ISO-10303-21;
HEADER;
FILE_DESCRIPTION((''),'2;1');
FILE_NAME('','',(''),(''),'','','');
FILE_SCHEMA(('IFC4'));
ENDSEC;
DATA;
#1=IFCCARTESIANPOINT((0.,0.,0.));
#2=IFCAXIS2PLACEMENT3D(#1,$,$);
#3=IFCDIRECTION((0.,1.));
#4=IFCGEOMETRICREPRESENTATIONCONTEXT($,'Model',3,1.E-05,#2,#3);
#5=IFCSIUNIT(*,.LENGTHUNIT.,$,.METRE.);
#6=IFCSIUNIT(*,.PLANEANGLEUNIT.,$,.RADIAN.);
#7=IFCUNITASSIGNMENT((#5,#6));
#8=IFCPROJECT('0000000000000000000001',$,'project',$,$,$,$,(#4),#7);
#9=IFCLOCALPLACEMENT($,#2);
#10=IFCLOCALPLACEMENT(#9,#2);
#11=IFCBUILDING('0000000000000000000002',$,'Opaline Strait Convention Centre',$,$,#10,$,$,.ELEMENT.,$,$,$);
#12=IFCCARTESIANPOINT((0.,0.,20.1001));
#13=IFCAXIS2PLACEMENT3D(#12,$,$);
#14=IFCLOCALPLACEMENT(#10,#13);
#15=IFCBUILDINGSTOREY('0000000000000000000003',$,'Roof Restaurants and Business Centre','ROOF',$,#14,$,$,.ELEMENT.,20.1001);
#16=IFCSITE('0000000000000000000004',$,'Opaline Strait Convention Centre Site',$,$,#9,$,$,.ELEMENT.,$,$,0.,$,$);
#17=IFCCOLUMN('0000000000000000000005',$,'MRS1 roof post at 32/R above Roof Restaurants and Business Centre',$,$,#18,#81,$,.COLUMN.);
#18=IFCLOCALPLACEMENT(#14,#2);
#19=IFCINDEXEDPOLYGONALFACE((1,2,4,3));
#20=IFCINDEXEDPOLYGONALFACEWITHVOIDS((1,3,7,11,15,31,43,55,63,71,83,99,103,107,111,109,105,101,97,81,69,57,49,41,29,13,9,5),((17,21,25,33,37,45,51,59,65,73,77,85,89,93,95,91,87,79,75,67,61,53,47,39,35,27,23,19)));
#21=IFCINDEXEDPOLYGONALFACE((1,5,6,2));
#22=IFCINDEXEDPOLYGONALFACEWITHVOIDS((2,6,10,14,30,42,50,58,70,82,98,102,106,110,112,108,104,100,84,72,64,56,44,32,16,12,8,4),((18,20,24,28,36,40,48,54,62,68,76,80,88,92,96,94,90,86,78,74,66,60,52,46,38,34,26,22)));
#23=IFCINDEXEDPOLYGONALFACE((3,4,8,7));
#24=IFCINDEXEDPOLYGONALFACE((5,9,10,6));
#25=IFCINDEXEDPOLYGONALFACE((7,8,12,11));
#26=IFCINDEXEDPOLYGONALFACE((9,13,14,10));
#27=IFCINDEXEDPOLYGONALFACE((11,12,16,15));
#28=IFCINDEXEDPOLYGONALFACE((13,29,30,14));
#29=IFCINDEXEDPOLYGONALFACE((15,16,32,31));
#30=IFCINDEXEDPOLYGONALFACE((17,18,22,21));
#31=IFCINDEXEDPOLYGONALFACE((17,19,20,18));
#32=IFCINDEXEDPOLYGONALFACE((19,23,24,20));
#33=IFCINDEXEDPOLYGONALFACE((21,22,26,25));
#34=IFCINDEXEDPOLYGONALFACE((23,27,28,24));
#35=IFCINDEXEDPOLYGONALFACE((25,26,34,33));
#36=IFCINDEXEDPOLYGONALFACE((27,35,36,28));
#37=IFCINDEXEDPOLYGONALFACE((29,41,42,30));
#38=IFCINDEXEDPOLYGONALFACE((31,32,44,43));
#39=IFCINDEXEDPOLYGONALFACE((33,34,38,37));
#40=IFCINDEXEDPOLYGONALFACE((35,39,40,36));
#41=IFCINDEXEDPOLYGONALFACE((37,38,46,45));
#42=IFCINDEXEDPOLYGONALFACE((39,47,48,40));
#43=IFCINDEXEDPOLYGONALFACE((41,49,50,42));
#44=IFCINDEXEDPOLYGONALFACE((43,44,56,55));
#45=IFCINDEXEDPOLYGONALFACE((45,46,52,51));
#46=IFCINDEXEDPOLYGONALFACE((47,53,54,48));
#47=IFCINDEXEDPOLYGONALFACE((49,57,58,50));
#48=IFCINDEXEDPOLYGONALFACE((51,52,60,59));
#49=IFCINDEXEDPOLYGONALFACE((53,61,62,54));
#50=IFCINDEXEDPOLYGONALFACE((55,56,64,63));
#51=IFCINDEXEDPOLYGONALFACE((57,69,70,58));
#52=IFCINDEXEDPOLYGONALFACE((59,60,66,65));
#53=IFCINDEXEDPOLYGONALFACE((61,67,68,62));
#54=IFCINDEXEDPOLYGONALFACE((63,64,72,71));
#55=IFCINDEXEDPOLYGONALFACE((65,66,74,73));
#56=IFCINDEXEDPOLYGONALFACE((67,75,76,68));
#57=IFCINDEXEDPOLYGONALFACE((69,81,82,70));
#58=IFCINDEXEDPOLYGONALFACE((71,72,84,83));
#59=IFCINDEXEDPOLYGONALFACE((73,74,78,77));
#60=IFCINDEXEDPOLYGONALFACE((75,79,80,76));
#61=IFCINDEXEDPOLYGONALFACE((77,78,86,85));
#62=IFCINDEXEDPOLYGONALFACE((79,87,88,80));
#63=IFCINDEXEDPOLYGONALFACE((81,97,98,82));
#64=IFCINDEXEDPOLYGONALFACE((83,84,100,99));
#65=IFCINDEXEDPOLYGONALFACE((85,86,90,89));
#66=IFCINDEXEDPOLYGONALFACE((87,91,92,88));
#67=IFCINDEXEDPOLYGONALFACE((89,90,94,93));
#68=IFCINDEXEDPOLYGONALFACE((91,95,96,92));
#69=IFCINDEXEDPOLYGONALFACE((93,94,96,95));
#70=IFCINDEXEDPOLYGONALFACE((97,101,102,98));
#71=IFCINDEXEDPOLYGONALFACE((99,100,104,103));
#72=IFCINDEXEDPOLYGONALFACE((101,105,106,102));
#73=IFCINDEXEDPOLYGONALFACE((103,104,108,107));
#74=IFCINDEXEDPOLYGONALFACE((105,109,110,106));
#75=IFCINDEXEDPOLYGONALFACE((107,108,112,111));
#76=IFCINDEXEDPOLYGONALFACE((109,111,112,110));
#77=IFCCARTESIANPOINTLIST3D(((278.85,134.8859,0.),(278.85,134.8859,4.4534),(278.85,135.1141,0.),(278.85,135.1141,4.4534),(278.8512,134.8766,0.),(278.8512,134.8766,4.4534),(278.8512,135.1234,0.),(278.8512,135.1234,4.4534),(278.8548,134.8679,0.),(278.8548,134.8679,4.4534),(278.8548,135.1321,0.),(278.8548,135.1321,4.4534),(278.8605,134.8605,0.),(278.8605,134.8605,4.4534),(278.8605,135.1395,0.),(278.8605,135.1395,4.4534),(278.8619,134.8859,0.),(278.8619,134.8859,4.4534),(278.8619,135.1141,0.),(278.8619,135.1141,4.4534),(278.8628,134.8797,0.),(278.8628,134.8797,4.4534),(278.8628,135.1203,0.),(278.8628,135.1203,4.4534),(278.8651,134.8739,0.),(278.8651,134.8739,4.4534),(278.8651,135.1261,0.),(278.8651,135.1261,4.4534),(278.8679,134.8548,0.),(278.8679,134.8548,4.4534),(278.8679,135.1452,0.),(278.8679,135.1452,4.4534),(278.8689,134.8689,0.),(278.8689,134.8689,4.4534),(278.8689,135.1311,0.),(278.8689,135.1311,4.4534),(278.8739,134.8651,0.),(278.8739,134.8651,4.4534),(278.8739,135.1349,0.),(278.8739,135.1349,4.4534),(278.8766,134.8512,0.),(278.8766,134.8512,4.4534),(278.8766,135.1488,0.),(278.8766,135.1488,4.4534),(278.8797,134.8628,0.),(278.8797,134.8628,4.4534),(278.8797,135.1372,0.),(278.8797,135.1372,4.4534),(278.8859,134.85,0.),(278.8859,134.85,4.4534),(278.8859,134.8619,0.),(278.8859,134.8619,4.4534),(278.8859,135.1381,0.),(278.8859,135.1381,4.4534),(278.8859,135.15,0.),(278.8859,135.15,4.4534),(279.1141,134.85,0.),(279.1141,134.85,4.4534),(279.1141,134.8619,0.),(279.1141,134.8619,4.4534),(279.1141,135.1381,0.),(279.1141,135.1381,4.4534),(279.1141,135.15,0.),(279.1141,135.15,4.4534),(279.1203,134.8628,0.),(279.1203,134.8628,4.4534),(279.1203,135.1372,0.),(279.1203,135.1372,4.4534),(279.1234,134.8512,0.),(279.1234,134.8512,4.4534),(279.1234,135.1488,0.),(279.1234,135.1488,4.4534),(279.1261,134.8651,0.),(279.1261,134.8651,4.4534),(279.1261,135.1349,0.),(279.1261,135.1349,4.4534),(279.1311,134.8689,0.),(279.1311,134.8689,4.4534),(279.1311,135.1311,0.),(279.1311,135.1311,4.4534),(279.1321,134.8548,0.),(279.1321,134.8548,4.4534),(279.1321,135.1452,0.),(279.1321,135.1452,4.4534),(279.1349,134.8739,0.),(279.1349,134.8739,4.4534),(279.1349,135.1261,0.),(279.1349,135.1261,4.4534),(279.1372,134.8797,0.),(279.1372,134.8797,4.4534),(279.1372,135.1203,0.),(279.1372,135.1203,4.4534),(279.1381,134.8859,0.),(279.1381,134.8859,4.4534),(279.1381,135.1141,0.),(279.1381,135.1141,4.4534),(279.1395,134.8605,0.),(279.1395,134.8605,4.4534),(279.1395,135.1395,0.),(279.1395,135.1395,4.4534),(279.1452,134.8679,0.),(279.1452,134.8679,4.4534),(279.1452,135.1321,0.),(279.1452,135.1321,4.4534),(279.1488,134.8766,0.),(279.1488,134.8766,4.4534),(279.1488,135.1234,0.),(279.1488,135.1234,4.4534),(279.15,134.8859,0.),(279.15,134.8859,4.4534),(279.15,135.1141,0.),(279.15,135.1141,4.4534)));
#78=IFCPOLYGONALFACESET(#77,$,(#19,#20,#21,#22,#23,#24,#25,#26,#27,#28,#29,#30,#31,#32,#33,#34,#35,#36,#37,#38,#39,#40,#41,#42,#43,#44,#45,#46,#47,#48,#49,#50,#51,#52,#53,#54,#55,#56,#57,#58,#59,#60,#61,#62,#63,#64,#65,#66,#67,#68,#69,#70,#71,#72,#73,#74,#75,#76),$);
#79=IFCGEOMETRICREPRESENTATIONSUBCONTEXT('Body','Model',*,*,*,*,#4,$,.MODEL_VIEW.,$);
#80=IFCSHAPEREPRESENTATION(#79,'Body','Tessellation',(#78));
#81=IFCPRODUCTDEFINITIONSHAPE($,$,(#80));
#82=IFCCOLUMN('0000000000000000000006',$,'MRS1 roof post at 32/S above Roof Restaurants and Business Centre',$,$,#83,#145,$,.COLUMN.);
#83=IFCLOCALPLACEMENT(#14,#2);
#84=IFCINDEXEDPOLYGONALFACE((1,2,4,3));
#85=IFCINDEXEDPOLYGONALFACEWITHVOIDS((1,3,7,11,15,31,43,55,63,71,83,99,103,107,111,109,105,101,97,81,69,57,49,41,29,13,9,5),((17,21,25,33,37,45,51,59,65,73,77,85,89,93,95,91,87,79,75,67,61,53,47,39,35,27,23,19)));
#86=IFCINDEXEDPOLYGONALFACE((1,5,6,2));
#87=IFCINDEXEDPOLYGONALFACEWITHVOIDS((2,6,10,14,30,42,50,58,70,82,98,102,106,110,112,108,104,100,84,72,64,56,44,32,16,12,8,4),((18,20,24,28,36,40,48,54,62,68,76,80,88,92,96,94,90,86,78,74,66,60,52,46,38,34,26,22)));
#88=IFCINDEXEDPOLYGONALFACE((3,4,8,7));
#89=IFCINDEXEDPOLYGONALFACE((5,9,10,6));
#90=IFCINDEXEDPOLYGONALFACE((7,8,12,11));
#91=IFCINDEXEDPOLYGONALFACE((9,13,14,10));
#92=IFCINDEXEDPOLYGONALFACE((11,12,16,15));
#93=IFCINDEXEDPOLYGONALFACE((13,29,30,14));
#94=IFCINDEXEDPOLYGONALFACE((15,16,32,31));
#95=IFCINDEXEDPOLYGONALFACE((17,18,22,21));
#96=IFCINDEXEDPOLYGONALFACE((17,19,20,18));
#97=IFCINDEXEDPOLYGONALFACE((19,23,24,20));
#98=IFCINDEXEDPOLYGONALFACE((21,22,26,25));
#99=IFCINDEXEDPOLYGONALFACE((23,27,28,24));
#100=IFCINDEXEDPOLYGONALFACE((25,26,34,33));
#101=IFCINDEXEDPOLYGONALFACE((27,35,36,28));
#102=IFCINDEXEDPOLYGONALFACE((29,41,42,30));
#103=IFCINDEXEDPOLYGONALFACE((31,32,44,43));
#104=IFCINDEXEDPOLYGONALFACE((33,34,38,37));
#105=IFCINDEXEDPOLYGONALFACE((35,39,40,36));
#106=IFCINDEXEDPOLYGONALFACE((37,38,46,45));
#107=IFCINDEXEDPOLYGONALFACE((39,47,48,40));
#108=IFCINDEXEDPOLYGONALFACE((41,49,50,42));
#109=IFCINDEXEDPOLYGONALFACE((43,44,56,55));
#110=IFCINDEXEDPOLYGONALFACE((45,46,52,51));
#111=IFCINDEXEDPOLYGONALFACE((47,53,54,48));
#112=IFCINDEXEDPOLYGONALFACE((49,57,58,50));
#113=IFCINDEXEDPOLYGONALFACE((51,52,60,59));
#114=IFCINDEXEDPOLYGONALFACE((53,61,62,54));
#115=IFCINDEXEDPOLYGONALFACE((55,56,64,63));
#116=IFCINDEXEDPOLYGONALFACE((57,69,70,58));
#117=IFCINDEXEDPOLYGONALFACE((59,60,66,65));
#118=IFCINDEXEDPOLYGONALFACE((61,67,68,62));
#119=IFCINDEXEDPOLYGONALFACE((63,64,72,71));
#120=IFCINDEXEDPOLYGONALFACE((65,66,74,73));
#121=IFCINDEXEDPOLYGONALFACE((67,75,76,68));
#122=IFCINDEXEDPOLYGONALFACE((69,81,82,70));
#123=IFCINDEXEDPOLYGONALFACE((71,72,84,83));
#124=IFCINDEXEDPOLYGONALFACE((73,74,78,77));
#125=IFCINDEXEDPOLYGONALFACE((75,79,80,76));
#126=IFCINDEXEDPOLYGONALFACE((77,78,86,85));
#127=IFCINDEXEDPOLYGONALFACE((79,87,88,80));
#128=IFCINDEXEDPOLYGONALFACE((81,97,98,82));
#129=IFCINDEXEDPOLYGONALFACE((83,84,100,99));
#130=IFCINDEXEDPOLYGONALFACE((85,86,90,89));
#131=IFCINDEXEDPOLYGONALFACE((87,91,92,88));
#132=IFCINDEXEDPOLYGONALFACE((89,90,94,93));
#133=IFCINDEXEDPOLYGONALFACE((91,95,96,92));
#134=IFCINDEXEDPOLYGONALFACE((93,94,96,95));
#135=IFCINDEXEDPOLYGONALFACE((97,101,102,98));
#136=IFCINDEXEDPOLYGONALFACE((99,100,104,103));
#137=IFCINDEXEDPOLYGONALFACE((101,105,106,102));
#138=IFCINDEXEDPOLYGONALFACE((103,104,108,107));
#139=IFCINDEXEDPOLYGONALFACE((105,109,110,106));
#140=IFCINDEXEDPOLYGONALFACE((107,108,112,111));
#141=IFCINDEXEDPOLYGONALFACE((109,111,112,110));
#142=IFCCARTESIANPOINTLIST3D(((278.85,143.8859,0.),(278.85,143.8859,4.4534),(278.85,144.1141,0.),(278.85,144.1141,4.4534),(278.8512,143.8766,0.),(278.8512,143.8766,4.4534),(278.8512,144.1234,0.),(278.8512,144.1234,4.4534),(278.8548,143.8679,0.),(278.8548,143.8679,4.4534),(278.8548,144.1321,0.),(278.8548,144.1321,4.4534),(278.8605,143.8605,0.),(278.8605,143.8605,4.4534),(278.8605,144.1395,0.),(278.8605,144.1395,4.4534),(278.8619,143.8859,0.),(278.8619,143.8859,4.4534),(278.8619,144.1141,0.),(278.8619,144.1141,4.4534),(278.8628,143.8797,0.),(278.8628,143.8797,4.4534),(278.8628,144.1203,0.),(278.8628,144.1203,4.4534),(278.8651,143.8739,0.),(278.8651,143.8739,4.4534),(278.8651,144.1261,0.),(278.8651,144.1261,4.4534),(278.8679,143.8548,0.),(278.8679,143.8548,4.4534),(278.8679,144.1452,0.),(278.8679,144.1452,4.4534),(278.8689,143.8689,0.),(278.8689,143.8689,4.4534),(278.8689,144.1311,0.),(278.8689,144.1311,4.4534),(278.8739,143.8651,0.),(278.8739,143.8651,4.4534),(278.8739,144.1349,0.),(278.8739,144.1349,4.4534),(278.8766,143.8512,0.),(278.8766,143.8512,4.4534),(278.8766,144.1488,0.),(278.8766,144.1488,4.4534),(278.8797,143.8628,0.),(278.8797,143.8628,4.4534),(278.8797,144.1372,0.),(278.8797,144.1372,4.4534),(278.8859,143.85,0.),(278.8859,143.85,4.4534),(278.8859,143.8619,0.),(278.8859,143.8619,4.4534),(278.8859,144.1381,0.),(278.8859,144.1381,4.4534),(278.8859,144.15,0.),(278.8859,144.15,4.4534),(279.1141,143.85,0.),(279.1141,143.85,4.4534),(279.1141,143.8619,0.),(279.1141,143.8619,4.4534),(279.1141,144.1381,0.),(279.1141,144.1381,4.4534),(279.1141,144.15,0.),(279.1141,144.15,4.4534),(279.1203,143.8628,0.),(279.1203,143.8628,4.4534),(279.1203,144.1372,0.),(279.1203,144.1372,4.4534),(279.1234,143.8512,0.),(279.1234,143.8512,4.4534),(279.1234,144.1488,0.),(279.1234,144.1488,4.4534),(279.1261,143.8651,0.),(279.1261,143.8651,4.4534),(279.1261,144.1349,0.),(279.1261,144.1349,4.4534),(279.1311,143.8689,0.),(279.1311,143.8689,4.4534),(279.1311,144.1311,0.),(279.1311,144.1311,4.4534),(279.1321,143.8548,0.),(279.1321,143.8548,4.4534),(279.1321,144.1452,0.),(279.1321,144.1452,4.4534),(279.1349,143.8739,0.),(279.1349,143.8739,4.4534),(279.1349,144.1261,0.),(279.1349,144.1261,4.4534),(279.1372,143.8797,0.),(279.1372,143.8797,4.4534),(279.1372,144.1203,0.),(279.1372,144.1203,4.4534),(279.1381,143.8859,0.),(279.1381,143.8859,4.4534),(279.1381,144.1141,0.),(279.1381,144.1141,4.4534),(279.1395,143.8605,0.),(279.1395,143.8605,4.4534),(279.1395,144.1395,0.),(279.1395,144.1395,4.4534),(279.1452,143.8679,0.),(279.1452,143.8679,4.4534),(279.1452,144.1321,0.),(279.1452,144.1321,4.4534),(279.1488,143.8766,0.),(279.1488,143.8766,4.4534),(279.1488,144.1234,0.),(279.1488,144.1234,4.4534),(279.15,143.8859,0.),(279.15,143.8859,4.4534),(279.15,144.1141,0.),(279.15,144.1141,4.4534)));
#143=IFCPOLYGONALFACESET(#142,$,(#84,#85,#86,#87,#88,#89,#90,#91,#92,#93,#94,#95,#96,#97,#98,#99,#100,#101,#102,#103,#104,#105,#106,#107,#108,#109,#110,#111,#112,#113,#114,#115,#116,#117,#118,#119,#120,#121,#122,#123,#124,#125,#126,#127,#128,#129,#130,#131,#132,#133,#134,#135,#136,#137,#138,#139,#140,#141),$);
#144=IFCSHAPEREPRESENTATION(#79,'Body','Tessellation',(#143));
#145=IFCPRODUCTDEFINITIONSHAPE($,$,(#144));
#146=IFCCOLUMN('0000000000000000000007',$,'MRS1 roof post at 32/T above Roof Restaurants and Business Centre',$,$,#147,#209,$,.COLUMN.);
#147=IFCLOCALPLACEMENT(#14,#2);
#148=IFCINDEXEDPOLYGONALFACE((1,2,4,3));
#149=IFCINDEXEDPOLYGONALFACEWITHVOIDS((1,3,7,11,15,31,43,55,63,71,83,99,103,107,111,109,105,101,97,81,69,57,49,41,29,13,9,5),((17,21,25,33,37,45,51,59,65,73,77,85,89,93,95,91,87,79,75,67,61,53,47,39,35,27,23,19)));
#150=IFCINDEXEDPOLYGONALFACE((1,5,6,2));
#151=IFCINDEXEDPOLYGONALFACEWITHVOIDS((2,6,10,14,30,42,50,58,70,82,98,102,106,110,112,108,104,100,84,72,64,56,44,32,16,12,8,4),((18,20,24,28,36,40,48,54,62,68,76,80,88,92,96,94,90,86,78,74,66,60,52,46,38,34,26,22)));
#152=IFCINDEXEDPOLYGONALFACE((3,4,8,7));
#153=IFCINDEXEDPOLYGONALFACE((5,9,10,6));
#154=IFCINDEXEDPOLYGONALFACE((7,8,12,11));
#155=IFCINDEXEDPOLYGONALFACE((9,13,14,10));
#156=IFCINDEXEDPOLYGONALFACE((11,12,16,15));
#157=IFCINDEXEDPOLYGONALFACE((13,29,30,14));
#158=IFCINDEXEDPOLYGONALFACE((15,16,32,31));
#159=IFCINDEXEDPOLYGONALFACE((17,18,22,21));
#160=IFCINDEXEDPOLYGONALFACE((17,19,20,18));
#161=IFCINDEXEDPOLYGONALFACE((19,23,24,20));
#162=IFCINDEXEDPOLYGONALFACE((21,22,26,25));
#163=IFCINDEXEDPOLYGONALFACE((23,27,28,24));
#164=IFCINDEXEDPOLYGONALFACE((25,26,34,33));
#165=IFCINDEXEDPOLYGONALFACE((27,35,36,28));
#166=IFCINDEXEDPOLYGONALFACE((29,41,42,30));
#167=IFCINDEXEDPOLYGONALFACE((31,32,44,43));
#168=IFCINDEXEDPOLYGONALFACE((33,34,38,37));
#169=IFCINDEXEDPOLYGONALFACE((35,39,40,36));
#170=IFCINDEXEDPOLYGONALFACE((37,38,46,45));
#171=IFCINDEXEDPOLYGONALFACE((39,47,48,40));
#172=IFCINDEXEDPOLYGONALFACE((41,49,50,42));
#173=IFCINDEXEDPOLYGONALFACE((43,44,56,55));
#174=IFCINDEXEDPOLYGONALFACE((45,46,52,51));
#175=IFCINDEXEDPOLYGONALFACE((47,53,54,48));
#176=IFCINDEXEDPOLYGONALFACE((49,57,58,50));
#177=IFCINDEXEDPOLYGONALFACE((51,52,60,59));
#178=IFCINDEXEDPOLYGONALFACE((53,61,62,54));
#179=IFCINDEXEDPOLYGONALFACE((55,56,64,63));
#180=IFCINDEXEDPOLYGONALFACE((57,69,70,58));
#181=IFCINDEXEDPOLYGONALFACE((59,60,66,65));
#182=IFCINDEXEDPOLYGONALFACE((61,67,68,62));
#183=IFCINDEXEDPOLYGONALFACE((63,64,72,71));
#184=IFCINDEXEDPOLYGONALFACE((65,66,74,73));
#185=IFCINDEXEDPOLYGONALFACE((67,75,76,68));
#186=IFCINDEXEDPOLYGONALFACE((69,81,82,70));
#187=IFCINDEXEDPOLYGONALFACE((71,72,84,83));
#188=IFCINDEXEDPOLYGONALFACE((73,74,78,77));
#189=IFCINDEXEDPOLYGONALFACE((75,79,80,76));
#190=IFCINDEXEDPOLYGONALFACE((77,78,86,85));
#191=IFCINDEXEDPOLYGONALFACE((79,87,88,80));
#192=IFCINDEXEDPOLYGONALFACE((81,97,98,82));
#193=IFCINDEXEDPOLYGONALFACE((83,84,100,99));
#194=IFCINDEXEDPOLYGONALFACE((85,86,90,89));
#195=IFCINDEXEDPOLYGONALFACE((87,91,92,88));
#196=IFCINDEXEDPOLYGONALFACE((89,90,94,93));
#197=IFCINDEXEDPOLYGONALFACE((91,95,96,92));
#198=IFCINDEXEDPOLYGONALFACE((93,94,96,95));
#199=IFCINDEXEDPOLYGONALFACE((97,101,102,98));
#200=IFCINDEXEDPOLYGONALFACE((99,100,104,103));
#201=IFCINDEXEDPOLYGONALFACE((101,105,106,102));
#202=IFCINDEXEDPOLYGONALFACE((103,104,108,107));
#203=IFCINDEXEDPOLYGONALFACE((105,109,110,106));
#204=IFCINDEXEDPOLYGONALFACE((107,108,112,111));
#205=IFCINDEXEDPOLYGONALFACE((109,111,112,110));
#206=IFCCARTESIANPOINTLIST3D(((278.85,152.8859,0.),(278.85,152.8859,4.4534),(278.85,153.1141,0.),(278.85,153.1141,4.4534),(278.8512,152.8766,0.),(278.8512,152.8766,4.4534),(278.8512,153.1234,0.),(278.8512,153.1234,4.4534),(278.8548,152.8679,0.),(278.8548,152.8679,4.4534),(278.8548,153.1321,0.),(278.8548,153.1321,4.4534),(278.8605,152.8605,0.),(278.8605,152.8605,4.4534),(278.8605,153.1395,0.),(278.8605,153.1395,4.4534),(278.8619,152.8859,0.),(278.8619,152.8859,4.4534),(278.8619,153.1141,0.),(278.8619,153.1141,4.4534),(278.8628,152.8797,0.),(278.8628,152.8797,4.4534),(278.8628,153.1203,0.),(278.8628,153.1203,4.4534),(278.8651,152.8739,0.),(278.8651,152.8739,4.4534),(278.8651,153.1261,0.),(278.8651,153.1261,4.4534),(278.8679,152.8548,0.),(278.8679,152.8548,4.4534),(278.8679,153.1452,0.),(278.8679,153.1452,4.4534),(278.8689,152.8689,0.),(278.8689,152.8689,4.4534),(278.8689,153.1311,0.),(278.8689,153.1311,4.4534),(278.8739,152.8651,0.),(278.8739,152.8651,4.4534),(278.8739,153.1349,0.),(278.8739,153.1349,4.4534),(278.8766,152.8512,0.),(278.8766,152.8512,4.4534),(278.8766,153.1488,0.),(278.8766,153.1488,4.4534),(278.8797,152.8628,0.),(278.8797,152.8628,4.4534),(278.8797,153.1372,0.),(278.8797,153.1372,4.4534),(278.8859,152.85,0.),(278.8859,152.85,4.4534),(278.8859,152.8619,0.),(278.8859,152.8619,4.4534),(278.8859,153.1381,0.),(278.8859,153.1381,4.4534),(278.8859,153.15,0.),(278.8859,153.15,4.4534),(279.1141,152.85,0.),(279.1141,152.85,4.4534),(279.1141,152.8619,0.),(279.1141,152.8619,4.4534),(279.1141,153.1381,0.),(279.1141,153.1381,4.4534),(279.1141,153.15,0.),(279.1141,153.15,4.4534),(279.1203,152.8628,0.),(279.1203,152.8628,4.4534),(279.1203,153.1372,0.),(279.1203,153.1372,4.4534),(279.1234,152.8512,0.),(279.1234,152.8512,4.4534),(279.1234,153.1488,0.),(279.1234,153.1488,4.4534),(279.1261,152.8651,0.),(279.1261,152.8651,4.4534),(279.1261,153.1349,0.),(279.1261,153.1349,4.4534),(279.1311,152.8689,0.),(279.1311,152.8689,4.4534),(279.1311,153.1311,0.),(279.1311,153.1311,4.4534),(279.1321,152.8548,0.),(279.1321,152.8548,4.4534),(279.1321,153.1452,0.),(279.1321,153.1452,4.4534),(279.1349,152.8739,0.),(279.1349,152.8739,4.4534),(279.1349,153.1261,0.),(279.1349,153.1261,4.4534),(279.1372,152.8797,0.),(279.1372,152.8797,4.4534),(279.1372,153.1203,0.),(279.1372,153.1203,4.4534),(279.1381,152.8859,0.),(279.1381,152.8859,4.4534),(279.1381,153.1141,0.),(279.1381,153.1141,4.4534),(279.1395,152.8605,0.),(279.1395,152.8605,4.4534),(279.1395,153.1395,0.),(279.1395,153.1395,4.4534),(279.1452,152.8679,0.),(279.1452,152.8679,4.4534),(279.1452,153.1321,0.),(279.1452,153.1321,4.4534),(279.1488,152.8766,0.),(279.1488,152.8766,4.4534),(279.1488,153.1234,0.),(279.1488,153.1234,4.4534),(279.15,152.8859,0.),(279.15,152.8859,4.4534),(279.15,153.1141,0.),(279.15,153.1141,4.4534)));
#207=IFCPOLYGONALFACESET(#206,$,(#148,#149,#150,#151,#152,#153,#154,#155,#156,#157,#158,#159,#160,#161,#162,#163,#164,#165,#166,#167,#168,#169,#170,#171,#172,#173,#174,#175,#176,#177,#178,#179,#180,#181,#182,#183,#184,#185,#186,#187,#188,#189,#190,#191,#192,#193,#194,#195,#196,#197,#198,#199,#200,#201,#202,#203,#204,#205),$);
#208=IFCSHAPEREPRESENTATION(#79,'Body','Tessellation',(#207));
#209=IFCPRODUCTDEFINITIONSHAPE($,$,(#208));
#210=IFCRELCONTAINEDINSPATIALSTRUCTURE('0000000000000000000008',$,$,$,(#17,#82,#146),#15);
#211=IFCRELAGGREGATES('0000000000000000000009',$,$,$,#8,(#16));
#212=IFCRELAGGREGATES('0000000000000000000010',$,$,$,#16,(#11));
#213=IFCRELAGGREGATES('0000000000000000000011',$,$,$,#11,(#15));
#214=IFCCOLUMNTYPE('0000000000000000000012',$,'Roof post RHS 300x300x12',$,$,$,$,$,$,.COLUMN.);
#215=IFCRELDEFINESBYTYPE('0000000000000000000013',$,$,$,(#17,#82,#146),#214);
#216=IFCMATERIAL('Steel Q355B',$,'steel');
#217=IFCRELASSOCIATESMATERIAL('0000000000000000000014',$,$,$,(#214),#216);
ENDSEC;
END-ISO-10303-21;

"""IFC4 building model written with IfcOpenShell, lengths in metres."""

from ifc_helpers import new_model, si_unit, direction, frame, origin, origin_2d, place, context, subcontext, project, spatial, hollow_rectangle, extrude, material, material_profile, profile_set, type_object, element, save


model = new_model("IFC4")

# Units and contexts
model_context = context("Model", 3, precision=1e-05, world=origin(), true_north=direction((0.0, 1.0)))
body_context = subcontext(model_context, "Body", "Model", "MODEL_VIEW")
ifc_project = project(units=[si_unit("LENGTHUNIT", "METRE"), si_unit("PLANEANGLEUNIT", "RADIAN")], contexts=[model_context])

# Site, building, storey
site_placement = place(None, origin())
site = spatial("IfcSite", under=ifc_project, at=site_placement, Name="Opaline Strait Convention Centre Site", CompositionType="ELEMENT", RefElevation=0.0)
building_placement = place(site_placement, origin())
building = spatial("IfcBuilding", under=site, at=building_placement, Name="Opaline Strait Convention Centre", CompositionType="ELEMENT")
storey_placement = place(building_placement, frame((0.0, 0.0, 20.1001)))
storey = spatial("IfcBuildingStorey", under=building, at=storey_placement, Name="Roof Restaurants and Business Centre", Description="ROOF", CompositionType="ELEMENT", Elevation=20.1001)

# Columns
ifc_material_1 = material(Name="Steel Q355B", Category="steel")
ifc_material_profile_1 = material_profile(ifc_material_1, hollow_rectangle(XDim=0.3, YDim=0.3, WallThickness=0.012, InnerFilletRadius=0.0239, OuterFilletRadius=0.0359, at=origin_2d()), Name="RHS 300x300x12")
ifc_profile_set_1 = profile_set([ifc_material_profile_1], Name="Steel Q355B")
column_type_1 = type_object("IfcColumnType", Name="Roof post RHS 300x300x12", PredefinedType="COLUMN", material=ifc_profile_set_1)
for number, where, z_axis, x_axis, name in (
    (1, (279.0, 135.0, 0.0), (0.0, 0.0, 1.0), (1.0, 0.0, 0.0), "MRS1 roof post at 32/R above Roof Restaurants and Business Centre"),
    (2, (279.0, 144.0, 0.0), (0.0, 0.0, 1.0), (1.0, 0.0, 0.0), "MRS1 roof post at 32/S above Roof Restaurants and Business Centre"),
    (3, (279.0, 153.0, 0.0), (0.0, 0.0, 1.0), (1.0, 0.0, 0.0), "MRS1 roof post at 32/T above Roof Restaurants and Business Centre"),
):
    element("IfcColumn", number, at=place(storey_placement, frame(where, z_axis=z_axis, x_axis=x_axis)), inside=storey, type_object=column_type_1, Name=name, PredefinedType="COLUMN", context=body_context, shape_type="SweptSolid", body=[
        extrude(hollow_rectangle(XDim=0.3, YDim=0.3, WallThickness=0.012, InnerFilletRadius=0.0239, OuterFilletRadius=0.0359, at=origin_2d()), origin(), (0.0, 0.0, 1.0), 4.4534),
    ])

save(model, "model.ifc")
